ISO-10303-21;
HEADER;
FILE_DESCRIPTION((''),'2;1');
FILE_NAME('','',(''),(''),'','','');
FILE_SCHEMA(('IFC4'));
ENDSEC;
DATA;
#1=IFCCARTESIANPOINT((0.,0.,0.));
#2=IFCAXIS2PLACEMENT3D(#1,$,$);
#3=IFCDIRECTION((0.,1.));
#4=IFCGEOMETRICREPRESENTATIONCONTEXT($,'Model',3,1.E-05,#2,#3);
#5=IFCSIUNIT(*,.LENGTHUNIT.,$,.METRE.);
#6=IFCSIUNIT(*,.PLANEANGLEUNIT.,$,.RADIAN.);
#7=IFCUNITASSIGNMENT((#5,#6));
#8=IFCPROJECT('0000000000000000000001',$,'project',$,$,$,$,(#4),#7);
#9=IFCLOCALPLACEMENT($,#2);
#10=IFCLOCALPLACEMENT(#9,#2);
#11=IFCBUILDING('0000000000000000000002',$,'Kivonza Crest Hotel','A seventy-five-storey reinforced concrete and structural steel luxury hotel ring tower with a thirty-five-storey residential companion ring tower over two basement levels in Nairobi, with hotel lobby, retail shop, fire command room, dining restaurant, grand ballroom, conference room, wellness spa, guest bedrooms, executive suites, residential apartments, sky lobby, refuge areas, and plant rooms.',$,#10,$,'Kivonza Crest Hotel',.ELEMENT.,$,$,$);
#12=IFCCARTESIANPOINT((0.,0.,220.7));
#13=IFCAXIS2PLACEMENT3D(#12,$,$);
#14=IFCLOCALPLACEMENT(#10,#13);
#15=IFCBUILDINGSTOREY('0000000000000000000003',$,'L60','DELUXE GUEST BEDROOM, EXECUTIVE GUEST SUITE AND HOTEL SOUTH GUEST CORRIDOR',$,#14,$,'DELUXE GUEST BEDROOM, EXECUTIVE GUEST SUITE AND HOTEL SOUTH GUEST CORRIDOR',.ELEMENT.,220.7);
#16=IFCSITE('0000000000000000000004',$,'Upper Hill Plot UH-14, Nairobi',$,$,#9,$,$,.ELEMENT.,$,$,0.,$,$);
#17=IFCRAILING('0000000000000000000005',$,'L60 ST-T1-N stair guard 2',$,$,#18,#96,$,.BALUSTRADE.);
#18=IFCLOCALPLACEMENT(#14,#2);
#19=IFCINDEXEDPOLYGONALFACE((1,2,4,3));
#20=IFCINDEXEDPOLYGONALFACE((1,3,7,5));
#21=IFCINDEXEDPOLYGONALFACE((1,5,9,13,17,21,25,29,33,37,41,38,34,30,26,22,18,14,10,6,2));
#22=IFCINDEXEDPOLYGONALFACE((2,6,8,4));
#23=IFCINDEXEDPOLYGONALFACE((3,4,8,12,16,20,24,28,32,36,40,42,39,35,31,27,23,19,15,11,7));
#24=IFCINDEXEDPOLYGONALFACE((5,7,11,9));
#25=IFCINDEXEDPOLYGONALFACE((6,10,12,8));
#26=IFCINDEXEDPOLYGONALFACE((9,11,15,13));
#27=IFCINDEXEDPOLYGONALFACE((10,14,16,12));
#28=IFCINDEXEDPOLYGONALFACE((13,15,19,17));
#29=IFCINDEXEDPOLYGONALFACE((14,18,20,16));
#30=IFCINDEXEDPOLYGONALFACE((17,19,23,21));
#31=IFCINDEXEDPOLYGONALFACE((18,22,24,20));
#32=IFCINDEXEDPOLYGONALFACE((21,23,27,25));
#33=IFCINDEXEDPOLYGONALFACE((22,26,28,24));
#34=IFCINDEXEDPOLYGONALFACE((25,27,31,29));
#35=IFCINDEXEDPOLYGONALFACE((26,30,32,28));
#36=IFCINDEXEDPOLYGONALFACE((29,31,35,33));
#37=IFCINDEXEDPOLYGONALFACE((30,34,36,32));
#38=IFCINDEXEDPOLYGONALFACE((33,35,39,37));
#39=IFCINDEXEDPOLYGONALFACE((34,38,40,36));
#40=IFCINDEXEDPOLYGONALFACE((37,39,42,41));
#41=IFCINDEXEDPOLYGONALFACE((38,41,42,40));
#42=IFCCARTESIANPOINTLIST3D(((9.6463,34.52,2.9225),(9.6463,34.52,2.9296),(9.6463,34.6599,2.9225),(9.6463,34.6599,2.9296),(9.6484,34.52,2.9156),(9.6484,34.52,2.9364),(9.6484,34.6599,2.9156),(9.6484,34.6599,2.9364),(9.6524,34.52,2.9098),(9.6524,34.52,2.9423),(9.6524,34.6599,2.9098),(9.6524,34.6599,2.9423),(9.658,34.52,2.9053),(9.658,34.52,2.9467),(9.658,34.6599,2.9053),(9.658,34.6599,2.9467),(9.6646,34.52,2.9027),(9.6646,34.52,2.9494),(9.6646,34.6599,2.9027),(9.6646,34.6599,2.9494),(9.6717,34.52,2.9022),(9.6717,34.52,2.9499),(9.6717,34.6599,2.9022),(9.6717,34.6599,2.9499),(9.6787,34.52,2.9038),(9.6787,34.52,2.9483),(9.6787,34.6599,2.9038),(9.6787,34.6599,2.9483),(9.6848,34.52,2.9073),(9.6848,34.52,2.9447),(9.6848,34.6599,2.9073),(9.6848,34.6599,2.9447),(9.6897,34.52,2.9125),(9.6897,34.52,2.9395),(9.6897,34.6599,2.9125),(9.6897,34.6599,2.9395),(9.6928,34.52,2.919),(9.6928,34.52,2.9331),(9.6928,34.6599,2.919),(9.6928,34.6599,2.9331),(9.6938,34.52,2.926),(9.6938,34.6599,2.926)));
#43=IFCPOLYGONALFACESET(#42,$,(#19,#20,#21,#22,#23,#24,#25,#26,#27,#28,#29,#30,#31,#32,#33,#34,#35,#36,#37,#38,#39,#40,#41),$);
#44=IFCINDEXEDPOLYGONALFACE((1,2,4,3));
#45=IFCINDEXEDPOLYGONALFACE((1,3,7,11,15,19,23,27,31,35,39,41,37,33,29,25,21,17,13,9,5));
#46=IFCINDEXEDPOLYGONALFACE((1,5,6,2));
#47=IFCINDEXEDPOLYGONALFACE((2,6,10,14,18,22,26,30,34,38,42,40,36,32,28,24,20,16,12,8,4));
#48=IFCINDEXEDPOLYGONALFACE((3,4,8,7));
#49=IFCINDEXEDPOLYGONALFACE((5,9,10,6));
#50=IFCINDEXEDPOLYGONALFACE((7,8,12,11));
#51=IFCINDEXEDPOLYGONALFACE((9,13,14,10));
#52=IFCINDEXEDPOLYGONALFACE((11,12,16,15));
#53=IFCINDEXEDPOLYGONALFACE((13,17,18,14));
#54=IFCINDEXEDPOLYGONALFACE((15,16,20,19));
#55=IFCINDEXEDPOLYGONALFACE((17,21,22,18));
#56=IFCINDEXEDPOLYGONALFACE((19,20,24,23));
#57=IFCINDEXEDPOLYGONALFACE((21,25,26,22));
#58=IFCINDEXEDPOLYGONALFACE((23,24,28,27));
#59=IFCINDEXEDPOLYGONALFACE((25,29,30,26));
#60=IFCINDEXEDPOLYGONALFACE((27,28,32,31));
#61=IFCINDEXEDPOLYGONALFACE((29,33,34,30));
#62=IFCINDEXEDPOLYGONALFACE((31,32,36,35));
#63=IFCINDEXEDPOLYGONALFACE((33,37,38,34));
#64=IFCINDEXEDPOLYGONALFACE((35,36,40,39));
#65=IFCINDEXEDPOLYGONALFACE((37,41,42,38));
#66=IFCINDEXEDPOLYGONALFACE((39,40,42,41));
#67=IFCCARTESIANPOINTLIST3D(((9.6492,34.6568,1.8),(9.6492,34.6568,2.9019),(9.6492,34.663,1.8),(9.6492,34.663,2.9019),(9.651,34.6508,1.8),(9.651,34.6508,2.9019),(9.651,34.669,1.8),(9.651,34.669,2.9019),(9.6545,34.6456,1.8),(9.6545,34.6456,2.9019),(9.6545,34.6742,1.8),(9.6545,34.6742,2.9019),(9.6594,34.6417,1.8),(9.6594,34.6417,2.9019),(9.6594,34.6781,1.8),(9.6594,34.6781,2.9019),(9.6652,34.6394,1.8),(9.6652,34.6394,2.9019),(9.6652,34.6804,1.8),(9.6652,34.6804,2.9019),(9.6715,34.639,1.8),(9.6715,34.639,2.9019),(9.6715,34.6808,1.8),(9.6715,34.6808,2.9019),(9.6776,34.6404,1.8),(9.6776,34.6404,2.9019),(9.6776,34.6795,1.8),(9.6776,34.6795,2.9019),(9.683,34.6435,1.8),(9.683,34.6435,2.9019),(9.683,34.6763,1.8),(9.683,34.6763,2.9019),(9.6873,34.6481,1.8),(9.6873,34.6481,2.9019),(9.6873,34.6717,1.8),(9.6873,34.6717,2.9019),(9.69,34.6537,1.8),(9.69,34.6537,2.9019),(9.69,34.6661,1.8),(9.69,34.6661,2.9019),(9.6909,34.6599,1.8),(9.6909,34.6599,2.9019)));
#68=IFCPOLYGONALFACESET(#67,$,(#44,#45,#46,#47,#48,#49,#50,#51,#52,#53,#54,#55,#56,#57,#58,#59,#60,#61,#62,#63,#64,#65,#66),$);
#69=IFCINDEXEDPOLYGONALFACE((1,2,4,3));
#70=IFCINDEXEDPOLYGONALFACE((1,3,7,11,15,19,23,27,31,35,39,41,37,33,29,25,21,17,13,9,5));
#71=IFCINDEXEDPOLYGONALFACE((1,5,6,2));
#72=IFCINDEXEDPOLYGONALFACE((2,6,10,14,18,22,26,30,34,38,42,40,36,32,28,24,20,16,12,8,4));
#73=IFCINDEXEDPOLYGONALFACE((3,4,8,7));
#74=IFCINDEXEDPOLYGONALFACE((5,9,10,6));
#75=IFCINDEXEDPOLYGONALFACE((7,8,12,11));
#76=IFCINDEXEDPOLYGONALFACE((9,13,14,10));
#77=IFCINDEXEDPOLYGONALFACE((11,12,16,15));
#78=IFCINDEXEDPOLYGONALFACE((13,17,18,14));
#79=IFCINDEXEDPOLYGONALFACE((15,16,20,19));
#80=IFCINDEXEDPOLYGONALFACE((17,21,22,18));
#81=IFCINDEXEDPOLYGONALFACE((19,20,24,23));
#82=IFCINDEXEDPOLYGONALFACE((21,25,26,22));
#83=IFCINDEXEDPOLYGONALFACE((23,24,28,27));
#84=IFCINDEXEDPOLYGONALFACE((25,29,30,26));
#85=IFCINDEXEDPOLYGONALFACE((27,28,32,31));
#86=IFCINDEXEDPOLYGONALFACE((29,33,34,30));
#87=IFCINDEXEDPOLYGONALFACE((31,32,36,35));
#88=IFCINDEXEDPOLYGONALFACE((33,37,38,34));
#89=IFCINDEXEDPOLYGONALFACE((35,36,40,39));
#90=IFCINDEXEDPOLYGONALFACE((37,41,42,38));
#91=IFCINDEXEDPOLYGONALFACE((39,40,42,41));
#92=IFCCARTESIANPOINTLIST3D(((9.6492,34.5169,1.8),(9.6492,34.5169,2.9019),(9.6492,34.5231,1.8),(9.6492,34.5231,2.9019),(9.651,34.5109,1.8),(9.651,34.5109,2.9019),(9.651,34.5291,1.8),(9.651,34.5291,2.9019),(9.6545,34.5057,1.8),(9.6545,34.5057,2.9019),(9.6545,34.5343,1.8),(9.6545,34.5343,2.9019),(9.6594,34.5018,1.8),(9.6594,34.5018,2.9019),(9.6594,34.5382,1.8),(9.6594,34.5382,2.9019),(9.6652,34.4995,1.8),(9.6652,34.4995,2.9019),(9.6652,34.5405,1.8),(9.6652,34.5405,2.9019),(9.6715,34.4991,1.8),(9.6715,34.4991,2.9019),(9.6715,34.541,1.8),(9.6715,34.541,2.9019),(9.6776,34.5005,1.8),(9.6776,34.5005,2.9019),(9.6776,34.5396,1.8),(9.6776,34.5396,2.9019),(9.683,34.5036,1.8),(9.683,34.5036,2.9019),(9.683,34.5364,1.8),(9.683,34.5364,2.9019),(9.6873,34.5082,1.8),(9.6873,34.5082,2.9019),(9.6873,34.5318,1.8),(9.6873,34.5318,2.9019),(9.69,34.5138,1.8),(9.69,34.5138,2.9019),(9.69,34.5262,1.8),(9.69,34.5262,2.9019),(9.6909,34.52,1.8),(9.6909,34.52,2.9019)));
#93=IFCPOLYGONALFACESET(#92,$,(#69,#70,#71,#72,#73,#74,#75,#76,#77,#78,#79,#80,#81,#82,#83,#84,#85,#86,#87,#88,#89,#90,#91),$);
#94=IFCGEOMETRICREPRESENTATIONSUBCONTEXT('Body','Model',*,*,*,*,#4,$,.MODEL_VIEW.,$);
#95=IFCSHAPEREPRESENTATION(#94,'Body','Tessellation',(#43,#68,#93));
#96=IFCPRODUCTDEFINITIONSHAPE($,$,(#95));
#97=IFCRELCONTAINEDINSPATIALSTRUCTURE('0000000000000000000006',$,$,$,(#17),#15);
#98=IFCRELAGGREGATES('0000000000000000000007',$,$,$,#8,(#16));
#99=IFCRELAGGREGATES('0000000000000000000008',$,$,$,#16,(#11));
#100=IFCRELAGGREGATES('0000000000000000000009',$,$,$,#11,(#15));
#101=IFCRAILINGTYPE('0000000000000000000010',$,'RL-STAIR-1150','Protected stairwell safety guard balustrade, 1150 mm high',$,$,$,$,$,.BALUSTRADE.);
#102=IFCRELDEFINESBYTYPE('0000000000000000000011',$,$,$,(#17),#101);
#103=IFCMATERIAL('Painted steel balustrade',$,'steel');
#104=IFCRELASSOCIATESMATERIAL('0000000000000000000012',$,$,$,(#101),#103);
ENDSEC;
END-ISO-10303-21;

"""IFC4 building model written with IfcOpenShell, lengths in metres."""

from ifc_helpers import new_model, si_unit, direction, frame, origin, origin_2d, place, context, subcontext, project, spatial, circle, extrude, material, type_object, element, save


model = new_model("IFC4")

# Units and contexts
model_context = context("Model", 3, precision=1e-05, world=origin(), true_north=direction((0.0, 1.0)))
body_context = subcontext(model_context, "Body", "Model", "MODEL_VIEW")
ifc_project = project(units=[si_unit("LENGTHUNIT", "METRE"), si_unit("PLANEANGLEUNIT", "RADIAN")], contexts=[model_context])

# Site, building, storey
site_placement = place(None, origin())
site = spatial("IfcSite", under=ifc_project, at=site_placement, Name="Upper Hill Plot UH-14, Nairobi", CompositionType="ELEMENT", RefElevation=0.0)
building_placement = place(site_placement, origin())
building = spatial("IfcBuilding", under=site, at=building_placement, Name="Kivonza Crest Hotel", Description="A seventy-five-storey reinforced concrete and structural steel luxury hotel ring tower with a thirty-five-storey residential companion ring tower over two basement levels in Nairobi, with hotel lobby, retail shop, fire command room, dining restaurant, grand ballroom, conference room, wellness spa, guest bedrooms, executive suites, residential apartments, sky lobby, refuge areas, and plant rooms.", LongName="Kivonza Crest Hotel", CompositionType="ELEMENT")
storey_placement = place(building_placement, frame((0.0, 0.0, 220.7)))
storey = spatial("IfcBuildingStorey", under=building, at=storey_placement, Name="L60", Description="DELUXE GUEST BEDROOM, EXECUTIVE GUEST SUITE AND HOTEL SOUTH GUEST CORRIDOR", LongName="DELUXE GUEST BEDROOM, EXECUTIVE GUEST SUITE AND HOTEL SOUTH GUEST CORRIDOR", CompositionType="ELEMENT", Elevation=220.7)

# Railing
ifc_material_1 = material(Name="Painted steel balustrade", Category="steel")
railing_type_1 = type_object("IfcRailingType", Name="RL-STAIR-1150", Description="Protected stairwell safety guard balustrade, 1150 mm high", PredefinedType="BALUSTRADE", material=ifc_material_1)
railing_1_placement = place(storey_placement, frame((9.6699, 34.6599, 1.8)))
element("IfcRailing", 1, at=railing_1_placement, inside=storey, type_object=railing_type_1, Name="L60 ST-T1-N stair guard 2", PredefinedType="BALUSTRADE", context=body_context, shape_type="SweptSolid", body=[
    extrude(circle(Radius=0.0239, at=origin_2d()), frame((0.0, 0.0, 1.126), z_axis=(0.0, -1.0, 0.0), x_axis=(1.0, 0.0, 0.0)), (0.0, 0.0, 1.0), 0.1399),
    extrude(circle(Radius=0.021, at=origin_2d()), origin(), (0.0, 0.0, 1.0), 1.1018),
    extrude(circle(Radius=0.021, at=origin_2d()), frame((0.0, -0.1399, 0.0)), (0.0, 0.0, 1.0), 1.1018),
])

save(model, "model.ifc")
